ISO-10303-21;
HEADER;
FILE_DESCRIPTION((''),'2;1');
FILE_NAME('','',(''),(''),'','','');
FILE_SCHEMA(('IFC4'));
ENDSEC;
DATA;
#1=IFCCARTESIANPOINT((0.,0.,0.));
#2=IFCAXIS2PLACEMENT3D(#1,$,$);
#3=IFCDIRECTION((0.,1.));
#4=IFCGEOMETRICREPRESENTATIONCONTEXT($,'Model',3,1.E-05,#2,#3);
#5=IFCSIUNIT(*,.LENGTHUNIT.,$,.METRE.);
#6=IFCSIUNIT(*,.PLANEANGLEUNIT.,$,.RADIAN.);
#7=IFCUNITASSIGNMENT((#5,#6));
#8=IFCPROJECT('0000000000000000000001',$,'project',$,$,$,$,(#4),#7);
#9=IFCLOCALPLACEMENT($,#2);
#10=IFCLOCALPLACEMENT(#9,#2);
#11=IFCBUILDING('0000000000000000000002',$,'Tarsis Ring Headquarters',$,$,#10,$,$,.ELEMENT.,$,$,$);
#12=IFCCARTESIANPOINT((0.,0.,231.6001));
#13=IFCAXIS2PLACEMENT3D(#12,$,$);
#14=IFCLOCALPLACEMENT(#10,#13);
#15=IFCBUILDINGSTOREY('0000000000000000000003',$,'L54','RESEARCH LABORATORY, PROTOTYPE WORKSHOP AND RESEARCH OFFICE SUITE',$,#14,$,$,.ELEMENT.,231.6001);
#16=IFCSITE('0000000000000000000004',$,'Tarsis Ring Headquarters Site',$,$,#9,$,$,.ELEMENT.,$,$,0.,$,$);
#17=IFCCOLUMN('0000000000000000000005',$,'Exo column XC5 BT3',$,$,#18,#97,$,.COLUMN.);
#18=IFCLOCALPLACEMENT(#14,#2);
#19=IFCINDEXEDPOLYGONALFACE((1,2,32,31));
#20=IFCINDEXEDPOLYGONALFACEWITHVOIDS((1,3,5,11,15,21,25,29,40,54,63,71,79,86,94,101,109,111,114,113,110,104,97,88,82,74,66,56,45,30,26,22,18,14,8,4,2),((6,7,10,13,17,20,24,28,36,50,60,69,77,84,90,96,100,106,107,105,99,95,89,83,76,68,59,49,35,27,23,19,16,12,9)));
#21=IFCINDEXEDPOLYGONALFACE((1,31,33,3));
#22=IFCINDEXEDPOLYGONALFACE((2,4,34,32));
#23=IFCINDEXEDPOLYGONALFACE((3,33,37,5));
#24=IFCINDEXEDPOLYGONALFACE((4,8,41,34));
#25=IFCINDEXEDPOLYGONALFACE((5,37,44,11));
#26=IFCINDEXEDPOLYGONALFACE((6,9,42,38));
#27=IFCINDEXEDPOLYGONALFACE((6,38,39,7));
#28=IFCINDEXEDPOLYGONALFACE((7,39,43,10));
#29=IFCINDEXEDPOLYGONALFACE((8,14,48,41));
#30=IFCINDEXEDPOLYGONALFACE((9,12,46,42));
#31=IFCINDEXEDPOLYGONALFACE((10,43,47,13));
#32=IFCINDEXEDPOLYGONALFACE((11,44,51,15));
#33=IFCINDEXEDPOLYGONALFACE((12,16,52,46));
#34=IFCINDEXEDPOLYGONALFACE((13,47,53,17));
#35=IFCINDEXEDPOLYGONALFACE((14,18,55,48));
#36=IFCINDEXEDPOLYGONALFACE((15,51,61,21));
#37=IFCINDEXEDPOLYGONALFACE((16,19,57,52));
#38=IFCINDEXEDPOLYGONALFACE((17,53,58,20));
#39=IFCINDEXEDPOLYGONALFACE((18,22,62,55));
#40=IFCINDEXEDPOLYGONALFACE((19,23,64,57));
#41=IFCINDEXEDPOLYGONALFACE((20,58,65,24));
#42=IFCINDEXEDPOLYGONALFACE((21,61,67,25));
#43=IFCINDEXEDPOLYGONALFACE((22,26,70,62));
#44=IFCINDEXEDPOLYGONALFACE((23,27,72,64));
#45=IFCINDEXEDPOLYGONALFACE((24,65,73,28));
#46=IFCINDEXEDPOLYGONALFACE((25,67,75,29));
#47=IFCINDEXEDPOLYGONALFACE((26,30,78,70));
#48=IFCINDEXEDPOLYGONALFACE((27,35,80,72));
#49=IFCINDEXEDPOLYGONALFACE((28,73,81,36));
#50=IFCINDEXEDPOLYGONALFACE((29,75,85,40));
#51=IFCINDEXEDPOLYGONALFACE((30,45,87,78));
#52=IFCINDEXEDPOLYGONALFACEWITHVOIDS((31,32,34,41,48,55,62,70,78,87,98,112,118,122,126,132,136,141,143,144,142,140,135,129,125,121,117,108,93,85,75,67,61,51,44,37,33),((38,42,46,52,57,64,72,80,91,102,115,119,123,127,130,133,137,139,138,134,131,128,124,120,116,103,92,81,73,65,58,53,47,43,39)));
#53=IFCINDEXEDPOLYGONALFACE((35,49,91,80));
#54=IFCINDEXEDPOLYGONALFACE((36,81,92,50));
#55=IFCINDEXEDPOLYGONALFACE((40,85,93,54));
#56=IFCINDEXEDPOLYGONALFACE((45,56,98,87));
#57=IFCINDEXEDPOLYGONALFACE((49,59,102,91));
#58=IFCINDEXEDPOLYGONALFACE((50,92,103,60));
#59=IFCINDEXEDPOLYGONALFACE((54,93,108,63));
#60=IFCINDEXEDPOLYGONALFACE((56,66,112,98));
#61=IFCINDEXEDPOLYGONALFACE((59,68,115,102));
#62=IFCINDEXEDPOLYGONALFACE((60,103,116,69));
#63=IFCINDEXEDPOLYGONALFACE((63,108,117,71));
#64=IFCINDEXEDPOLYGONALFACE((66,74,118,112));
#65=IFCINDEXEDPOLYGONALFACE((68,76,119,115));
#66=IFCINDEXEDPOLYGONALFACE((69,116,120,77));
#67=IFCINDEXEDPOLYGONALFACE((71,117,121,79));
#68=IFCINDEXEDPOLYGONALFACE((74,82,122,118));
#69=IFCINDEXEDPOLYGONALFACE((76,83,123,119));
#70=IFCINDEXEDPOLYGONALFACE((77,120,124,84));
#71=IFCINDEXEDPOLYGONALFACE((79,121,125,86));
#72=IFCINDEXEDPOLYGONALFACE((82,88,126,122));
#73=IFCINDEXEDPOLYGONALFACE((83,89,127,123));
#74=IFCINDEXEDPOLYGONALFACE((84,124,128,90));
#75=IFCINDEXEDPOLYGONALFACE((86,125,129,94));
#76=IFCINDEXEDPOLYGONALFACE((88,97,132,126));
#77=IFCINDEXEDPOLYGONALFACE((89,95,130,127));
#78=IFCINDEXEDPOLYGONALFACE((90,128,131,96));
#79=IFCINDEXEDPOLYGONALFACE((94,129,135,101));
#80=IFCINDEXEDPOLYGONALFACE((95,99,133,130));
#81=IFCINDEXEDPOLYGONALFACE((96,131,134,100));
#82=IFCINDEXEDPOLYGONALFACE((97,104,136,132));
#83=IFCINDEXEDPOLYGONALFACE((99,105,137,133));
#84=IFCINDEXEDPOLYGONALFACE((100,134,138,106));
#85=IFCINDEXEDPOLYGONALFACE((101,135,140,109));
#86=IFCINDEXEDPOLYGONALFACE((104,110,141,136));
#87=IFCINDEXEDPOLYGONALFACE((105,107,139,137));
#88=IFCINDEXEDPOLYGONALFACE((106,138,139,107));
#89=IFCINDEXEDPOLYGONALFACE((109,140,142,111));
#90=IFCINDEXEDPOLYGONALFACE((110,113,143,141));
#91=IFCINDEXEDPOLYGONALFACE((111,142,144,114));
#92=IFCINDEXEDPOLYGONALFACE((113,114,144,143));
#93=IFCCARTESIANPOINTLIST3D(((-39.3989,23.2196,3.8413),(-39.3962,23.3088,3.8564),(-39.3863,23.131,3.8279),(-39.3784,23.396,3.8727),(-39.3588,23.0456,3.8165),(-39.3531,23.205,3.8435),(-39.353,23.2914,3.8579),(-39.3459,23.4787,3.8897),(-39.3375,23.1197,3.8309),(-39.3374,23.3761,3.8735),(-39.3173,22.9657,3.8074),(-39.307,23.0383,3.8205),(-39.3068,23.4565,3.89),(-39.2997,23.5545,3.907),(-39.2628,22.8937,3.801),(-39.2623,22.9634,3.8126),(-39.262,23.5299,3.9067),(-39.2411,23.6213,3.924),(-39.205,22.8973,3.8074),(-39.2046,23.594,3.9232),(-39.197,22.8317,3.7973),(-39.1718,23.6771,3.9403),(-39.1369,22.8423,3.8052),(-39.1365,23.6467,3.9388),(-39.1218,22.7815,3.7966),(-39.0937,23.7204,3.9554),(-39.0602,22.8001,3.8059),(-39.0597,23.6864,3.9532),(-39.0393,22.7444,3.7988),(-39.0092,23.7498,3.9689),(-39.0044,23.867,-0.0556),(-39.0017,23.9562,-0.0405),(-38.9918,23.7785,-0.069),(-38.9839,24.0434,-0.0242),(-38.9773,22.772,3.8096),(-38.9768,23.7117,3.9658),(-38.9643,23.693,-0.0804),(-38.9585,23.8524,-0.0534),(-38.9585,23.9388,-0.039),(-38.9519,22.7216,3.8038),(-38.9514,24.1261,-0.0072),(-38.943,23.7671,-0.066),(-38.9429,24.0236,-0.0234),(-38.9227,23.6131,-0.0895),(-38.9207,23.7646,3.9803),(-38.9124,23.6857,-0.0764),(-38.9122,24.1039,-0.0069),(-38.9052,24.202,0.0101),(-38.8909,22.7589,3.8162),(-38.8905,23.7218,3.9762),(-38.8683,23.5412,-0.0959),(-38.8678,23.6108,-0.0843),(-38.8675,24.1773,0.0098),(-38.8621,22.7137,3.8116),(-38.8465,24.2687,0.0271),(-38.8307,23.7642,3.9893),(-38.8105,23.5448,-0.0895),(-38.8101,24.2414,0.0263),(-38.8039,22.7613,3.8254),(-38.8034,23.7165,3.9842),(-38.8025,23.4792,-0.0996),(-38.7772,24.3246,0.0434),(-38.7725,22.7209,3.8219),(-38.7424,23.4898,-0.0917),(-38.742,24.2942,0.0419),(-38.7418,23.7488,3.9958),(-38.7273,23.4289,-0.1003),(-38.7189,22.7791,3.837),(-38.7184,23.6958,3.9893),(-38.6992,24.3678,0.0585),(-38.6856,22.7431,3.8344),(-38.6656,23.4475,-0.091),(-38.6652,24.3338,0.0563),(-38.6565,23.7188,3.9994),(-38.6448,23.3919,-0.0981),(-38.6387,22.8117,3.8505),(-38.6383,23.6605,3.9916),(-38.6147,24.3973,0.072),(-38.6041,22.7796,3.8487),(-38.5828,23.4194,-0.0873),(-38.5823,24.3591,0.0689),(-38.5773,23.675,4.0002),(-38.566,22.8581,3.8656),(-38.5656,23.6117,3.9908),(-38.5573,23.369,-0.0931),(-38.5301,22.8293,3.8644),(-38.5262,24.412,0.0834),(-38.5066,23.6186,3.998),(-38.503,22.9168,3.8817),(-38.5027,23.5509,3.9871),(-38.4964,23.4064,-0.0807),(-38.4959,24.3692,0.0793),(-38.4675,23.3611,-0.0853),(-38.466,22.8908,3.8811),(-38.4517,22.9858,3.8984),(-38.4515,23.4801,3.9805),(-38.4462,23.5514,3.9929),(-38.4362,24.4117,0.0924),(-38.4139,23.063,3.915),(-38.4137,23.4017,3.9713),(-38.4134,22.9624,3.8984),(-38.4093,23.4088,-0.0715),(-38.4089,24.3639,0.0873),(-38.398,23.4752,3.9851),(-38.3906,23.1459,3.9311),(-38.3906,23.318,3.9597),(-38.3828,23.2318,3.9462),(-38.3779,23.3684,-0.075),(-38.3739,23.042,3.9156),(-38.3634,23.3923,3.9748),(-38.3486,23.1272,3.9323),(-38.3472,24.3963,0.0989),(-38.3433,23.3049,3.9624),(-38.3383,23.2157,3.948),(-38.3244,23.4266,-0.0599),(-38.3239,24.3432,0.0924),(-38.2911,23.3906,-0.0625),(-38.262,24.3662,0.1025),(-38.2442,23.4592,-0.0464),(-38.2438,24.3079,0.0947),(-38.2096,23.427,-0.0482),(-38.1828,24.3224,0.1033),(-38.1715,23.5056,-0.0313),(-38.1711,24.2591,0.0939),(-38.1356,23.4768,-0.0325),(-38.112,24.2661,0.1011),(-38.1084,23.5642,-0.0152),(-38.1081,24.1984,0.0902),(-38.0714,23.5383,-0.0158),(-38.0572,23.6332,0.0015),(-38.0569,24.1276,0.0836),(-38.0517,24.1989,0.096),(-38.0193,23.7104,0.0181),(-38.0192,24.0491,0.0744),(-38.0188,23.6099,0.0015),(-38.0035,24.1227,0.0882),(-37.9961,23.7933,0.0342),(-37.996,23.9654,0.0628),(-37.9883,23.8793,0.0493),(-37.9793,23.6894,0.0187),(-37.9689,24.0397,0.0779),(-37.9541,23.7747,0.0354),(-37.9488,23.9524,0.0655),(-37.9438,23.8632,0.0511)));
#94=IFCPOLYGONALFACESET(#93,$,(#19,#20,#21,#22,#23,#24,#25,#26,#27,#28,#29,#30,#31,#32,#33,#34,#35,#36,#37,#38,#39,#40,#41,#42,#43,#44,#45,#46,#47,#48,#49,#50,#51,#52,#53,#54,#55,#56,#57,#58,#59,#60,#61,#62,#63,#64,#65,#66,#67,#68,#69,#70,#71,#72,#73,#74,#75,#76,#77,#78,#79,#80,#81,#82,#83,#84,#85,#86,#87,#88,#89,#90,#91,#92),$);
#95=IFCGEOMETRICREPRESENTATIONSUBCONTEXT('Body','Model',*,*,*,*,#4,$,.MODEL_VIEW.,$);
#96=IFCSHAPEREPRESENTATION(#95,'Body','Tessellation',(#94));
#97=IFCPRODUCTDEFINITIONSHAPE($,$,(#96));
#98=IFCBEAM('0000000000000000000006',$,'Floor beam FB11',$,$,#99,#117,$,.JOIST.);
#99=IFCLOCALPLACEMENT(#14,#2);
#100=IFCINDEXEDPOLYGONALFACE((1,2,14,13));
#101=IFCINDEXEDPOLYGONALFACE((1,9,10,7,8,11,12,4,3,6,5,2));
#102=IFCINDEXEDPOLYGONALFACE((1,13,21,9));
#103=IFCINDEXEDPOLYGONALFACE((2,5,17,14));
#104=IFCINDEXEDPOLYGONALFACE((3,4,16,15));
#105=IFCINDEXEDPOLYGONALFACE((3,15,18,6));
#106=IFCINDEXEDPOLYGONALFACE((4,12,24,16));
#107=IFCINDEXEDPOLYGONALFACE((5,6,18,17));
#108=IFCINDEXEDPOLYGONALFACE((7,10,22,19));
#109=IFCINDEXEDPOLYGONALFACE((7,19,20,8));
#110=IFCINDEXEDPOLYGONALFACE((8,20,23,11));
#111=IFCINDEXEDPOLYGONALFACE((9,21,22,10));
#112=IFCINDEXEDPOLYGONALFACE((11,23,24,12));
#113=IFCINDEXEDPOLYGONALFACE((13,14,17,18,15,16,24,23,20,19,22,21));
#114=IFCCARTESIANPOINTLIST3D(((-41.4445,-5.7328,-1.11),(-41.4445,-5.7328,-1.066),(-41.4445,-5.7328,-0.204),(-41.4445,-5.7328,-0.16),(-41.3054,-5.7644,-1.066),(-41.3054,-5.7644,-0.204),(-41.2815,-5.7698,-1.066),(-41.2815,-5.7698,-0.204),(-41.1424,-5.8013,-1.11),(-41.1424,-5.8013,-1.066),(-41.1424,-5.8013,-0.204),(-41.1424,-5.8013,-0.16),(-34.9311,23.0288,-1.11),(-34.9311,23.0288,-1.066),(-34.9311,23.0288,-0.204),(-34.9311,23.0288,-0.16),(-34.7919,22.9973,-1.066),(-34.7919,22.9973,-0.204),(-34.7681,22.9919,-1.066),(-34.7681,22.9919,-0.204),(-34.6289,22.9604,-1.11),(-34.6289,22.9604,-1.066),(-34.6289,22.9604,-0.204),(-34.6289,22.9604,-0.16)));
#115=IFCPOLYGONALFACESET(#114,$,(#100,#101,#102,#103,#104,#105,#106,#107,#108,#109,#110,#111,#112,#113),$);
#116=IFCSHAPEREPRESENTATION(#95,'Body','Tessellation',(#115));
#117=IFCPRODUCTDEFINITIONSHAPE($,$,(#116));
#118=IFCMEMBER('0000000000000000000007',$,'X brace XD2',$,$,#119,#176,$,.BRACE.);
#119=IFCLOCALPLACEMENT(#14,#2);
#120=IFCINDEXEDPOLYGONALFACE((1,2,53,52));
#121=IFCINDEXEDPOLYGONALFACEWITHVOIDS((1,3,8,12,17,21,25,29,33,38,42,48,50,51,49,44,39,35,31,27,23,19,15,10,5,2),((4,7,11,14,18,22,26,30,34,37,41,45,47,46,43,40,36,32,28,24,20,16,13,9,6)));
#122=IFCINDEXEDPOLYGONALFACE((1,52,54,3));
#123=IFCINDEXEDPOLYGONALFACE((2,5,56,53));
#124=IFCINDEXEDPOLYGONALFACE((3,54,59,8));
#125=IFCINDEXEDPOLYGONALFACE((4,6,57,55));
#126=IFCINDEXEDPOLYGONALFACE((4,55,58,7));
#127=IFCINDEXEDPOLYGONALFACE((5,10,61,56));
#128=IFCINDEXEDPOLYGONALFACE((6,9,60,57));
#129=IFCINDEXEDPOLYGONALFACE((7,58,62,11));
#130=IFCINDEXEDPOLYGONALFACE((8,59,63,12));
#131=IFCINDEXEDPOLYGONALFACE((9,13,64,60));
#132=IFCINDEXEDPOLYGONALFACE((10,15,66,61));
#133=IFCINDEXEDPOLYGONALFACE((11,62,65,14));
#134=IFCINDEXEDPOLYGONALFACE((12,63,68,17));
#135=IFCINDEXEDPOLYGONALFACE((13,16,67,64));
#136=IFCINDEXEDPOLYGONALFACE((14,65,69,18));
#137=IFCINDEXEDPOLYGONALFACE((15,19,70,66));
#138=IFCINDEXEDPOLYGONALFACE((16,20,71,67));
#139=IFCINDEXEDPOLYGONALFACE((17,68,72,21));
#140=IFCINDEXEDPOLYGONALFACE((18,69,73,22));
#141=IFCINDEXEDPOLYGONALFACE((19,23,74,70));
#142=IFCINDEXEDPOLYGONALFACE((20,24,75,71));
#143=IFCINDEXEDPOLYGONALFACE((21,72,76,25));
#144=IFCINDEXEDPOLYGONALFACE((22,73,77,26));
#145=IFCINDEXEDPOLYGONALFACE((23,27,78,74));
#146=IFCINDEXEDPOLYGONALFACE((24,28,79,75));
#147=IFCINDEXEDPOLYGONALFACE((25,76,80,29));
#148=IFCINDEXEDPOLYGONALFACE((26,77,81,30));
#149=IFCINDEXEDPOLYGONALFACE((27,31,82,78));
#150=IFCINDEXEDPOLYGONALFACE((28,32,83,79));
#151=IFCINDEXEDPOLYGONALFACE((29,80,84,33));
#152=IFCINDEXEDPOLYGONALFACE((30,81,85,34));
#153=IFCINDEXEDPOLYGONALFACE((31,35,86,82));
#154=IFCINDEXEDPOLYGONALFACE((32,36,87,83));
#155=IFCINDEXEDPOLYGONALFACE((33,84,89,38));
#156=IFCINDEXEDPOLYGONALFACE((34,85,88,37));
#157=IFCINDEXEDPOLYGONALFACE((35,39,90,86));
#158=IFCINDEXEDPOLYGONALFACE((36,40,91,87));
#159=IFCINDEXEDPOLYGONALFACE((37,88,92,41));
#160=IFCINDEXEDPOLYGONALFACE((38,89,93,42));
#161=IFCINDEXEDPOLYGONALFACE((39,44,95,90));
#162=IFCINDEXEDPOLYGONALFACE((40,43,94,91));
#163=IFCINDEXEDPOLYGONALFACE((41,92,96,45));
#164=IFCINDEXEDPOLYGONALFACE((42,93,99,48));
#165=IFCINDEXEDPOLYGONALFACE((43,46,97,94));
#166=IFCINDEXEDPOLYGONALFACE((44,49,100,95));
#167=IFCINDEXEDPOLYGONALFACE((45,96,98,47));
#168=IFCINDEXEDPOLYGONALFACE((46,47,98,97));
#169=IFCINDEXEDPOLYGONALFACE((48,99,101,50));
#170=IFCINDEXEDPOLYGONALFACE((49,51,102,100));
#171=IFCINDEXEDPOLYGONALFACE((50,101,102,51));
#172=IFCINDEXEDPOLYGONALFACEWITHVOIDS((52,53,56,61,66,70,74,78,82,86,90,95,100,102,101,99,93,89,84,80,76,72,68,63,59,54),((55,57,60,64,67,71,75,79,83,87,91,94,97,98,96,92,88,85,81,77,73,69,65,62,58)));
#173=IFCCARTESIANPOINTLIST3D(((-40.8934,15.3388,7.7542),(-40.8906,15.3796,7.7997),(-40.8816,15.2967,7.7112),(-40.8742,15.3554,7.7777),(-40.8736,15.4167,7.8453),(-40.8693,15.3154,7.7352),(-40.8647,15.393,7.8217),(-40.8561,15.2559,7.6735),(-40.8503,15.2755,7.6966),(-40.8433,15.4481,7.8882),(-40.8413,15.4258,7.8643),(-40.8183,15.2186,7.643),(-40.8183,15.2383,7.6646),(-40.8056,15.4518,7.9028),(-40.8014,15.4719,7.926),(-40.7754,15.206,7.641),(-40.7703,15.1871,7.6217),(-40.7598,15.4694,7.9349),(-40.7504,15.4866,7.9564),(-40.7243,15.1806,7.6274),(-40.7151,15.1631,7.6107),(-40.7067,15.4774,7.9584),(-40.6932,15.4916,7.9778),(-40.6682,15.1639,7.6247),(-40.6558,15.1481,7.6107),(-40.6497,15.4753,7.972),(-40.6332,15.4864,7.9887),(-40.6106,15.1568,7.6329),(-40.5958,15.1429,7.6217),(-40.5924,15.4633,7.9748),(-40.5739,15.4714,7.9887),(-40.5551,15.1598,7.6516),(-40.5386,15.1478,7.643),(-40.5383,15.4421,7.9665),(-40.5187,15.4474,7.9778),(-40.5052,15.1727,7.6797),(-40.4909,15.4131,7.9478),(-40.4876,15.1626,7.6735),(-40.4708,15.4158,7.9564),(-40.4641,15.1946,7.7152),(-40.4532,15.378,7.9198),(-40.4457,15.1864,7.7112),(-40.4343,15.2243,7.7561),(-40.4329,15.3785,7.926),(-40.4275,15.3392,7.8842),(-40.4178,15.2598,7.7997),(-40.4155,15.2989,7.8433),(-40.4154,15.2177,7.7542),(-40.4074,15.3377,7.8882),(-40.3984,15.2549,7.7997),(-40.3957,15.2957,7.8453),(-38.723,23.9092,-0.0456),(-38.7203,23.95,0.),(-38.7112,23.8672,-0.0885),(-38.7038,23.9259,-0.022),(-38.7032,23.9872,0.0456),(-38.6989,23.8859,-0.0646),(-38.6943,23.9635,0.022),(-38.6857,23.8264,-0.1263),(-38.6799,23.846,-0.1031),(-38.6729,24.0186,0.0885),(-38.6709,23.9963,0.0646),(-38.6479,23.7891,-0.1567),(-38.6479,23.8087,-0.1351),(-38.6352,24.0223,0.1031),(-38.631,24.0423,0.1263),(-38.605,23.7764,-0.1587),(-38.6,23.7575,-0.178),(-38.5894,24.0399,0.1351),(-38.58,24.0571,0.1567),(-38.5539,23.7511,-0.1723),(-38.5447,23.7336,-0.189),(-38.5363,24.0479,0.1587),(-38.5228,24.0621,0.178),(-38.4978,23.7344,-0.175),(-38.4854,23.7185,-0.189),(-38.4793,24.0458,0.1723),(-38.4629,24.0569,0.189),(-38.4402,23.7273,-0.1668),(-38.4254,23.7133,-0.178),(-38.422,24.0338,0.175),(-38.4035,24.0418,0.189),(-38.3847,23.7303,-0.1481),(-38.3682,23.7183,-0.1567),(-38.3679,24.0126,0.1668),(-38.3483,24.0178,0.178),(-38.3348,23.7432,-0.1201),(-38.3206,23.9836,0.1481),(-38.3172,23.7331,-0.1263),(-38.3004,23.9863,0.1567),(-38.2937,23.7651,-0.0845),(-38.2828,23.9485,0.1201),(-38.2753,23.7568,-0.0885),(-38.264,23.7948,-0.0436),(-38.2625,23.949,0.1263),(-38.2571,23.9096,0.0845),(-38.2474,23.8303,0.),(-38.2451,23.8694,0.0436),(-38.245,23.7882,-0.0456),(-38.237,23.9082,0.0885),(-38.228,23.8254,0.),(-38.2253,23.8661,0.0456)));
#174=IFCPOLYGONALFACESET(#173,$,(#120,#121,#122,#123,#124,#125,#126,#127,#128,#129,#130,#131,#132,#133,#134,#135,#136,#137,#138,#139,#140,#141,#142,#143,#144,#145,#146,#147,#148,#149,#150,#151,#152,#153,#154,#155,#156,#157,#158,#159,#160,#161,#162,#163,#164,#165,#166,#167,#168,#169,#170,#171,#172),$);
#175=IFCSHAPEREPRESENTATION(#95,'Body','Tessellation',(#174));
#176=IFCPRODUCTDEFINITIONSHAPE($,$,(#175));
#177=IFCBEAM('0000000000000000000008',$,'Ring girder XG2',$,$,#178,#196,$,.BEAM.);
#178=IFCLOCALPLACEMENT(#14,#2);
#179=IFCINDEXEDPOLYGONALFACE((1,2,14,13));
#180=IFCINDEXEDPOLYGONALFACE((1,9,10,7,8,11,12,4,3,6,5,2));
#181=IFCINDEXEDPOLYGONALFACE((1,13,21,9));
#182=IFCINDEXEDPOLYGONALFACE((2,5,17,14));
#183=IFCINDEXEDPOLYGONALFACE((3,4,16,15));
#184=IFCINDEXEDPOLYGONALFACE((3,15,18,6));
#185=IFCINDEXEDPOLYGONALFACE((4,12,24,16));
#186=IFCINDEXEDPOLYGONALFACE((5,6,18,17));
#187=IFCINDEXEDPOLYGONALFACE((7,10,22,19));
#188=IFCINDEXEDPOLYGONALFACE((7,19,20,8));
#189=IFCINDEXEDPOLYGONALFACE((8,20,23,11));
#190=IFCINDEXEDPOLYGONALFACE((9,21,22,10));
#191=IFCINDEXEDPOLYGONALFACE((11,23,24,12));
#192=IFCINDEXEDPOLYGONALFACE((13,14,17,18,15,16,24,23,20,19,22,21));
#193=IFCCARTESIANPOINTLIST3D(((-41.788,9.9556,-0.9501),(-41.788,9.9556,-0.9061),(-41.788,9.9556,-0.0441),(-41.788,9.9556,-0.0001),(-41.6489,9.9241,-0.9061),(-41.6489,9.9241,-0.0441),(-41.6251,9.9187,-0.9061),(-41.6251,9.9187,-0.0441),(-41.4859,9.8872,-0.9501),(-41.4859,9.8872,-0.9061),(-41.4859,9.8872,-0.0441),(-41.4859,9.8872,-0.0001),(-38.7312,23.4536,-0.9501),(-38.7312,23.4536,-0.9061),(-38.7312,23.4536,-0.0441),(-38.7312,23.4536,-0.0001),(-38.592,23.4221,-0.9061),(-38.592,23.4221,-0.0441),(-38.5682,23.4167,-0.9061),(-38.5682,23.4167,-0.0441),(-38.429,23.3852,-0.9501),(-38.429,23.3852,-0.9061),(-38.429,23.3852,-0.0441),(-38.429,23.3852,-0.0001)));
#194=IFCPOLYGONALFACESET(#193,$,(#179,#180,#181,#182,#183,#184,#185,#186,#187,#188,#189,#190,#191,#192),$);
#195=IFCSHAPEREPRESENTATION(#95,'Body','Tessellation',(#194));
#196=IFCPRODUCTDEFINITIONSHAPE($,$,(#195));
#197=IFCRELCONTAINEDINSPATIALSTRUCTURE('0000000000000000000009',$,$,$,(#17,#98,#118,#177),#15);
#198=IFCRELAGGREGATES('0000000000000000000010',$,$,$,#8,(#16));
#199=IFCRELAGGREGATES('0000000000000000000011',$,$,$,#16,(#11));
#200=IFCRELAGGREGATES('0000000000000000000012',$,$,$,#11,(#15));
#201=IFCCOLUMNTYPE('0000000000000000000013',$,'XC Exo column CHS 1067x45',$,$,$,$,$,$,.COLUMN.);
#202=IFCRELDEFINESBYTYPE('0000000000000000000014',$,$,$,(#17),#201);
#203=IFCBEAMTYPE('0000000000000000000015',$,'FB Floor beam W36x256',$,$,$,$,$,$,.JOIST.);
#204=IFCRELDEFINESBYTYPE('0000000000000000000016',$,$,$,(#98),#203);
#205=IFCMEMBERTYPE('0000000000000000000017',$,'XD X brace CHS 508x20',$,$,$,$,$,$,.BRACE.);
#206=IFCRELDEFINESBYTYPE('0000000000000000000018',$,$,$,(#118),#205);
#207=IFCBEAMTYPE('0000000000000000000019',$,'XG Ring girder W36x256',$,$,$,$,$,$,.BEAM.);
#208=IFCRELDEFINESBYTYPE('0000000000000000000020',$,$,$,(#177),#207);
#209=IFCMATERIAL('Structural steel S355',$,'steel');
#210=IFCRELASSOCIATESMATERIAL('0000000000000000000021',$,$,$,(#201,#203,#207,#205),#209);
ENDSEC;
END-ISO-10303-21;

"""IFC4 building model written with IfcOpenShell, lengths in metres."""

from ifc_helpers import new_model, si_unit, direction, frame, origin, origin_2d, place, context, subcontext, project, spatial, hollow_circle, i_section, extrude, material, material_profile, profile_set, type_object, element, save


model = new_model("IFC4")

# Units and contexts
model_context = context("Model", 3, precision=1e-05, world=origin(), true_north=direction((0.0, 1.0)))
body_context = subcontext(model_context, "Body", "Model", "MODEL_VIEW")
ifc_project = project(units=[si_unit("LENGTHUNIT", "METRE"), si_unit("PLANEANGLEUNIT", "RADIAN")], contexts=[model_context])

# Site, building, storey
site_placement = place(None, origin())
site = spatial("IfcSite", under=ifc_project, at=site_placement, Name="Tarsis Ring Headquarters Site", CompositionType="ELEMENT", RefElevation=0.0)
building_placement = place(site_placement, origin())
building = spatial("IfcBuilding", under=site, at=building_placement, Name="Tarsis Ring Headquarters", CompositionType="ELEMENT")
storey_placement = place(building_placement, frame((0.0, 0.0, 231.6001)))
storey = spatial("IfcBuildingStorey", under=building, at=storey_placement, Name="L54", Description="RESEARCH LABORATORY, PROTOTYPE WORKSHOP AND RESEARCH OFFICE SUITE", CompositionType="ELEMENT", Elevation=231.6001)

# Column
ifc_material_1 = material(Name="Structural steel S355", Category="steel")
ifc_material_profile_1 = material_profile(ifc_material_1, hollow_circle(Radius=0.5334, WallThickness=0.0449, at=origin_2d()), Name="CHS 1067x45")
ifc_profile_set_1 = profile_set([ifc_material_profile_1], Name="Structural steel S355")
column_type = type_object("IfcColumnType", Name="XC Exo column CHS 1067x45", PredefinedType="COLUMN", material=ifc_profile_set_1)
column_placement = place(storey_placement, frame((-38.4744, 23.8875, 0.0015), z_axis=(-0.099377, -0.163087, 0.981594), x_axis=(0.85395, -0.520355, 0.0)))
element("IfcColumn", 1, at=column_placement, inside=storey, type_object=column_type, Name="Exo column XC5 BT3", PredefinedType="COLUMN", context=body_context, shape_type="SweptSolid", body=[
    extrude(hollow_circle(Radius=0.5334, WallThickness=0.0449, at=origin_2d()), origin(), (0.0, 0.0, 1.0), 3.97),
])

# Beam
ifc_material_profile_2 = material_profile(ifc_material_1, i_section(OverallWidth=0.3098, OverallDepth=0.95, WebThickness=0.0244, FlangeThickness=0.0439, at=origin_2d()), Name="W36x256")
ifc_profile_set_2 = profile_set([ifc_material_profile_2], Name="Structural steel S355")
beam_type_1 = type_object("IfcBeamType", Name="FB Floor beam W36x256", PredefinedType="JOIST", material=ifc_profile_set_2)
beam_1_placement = place(storey_placement, frame((-34.78, 22.9946, -0.635), z_axis=(-0.220869, -0.975304, 0.0), x_axis=(0.975304, -0.220869, 0.0)))
element("IfcBeam", 2, at=beam_1_placement, inside=storey, type_object=beam_type_1, Name="Floor beam FB11", PredefinedType="JOIST", context=body_context, shape_type="SweptSolid", body=[
    extrude(i_section(OverallWidth=0.3098, OverallDepth=0.95, WebThickness=0.0244, FlangeThickness=0.0439, at=origin_2d()), origin(), (0.0, 0.0, 1.0), 29.49),
])

# Member
ifc_material_profile_3 = material_profile(ifc_material_1, hollow_circle(Radius=0.2539, WallThickness=0.02, at=origin_2d()), Name="CHS 508x20")
ifc_profile_set_3 = profile_set([ifc_material_profile_3], Name="Structural steel S355")
member_type = type_object("IfcMemberType", Name="XD X brace CHS 508x20", PredefinedType="BRACE", material=ifc_profile_set_3)
member_placement = place(storey_placement, frame((-38.4741, 23.8877, 0.0), z_axis=(-0.18409, -0.72694, 0.661566), x_axis=(0.969399, -0.245491, 0.0)))
element("IfcMember", 3, at=member_placement, inside=storey, type_object=member_type, Name="X brace XD2", PredefinedType="BRACE", context=body_context, shape_type="SweptSolid", body=[
    extrude(hollow_circle(Radius=0.2539, WallThickness=0.02, at=origin_2d()), origin(), (0.0, 0.0, 1.0), 11.7898),
])

# Beam
beam_type_2 = type_object("IfcBeamType", Name="XG Ring girder W36x256", PredefinedType="BEAM", material=ifc_profile_set_2)
beam_2_placement = place(storey_placement, frame((-38.5801, 23.4194, -0.4751), z_axis=(-0.220875, -0.975302, 0.0), x_axis=(0.975302, -0.220875, 0.0)))
element("IfcBeam", 4, at=beam_2_placement, inside=storey, type_object=beam_type_2, Name="Ring girder XG2", PredefinedType="BEAM", context=body_context, shape_type="SweptSolid", body=[
    extrude(i_section(OverallWidth=0.3098, OverallDepth=0.95, WebThickness=0.0244, FlangeThickness=0.0439, at=origin_2d()), origin(), (0.0, 0.0, 1.0), 13.8398),
])

save(model, "model.ifc")
